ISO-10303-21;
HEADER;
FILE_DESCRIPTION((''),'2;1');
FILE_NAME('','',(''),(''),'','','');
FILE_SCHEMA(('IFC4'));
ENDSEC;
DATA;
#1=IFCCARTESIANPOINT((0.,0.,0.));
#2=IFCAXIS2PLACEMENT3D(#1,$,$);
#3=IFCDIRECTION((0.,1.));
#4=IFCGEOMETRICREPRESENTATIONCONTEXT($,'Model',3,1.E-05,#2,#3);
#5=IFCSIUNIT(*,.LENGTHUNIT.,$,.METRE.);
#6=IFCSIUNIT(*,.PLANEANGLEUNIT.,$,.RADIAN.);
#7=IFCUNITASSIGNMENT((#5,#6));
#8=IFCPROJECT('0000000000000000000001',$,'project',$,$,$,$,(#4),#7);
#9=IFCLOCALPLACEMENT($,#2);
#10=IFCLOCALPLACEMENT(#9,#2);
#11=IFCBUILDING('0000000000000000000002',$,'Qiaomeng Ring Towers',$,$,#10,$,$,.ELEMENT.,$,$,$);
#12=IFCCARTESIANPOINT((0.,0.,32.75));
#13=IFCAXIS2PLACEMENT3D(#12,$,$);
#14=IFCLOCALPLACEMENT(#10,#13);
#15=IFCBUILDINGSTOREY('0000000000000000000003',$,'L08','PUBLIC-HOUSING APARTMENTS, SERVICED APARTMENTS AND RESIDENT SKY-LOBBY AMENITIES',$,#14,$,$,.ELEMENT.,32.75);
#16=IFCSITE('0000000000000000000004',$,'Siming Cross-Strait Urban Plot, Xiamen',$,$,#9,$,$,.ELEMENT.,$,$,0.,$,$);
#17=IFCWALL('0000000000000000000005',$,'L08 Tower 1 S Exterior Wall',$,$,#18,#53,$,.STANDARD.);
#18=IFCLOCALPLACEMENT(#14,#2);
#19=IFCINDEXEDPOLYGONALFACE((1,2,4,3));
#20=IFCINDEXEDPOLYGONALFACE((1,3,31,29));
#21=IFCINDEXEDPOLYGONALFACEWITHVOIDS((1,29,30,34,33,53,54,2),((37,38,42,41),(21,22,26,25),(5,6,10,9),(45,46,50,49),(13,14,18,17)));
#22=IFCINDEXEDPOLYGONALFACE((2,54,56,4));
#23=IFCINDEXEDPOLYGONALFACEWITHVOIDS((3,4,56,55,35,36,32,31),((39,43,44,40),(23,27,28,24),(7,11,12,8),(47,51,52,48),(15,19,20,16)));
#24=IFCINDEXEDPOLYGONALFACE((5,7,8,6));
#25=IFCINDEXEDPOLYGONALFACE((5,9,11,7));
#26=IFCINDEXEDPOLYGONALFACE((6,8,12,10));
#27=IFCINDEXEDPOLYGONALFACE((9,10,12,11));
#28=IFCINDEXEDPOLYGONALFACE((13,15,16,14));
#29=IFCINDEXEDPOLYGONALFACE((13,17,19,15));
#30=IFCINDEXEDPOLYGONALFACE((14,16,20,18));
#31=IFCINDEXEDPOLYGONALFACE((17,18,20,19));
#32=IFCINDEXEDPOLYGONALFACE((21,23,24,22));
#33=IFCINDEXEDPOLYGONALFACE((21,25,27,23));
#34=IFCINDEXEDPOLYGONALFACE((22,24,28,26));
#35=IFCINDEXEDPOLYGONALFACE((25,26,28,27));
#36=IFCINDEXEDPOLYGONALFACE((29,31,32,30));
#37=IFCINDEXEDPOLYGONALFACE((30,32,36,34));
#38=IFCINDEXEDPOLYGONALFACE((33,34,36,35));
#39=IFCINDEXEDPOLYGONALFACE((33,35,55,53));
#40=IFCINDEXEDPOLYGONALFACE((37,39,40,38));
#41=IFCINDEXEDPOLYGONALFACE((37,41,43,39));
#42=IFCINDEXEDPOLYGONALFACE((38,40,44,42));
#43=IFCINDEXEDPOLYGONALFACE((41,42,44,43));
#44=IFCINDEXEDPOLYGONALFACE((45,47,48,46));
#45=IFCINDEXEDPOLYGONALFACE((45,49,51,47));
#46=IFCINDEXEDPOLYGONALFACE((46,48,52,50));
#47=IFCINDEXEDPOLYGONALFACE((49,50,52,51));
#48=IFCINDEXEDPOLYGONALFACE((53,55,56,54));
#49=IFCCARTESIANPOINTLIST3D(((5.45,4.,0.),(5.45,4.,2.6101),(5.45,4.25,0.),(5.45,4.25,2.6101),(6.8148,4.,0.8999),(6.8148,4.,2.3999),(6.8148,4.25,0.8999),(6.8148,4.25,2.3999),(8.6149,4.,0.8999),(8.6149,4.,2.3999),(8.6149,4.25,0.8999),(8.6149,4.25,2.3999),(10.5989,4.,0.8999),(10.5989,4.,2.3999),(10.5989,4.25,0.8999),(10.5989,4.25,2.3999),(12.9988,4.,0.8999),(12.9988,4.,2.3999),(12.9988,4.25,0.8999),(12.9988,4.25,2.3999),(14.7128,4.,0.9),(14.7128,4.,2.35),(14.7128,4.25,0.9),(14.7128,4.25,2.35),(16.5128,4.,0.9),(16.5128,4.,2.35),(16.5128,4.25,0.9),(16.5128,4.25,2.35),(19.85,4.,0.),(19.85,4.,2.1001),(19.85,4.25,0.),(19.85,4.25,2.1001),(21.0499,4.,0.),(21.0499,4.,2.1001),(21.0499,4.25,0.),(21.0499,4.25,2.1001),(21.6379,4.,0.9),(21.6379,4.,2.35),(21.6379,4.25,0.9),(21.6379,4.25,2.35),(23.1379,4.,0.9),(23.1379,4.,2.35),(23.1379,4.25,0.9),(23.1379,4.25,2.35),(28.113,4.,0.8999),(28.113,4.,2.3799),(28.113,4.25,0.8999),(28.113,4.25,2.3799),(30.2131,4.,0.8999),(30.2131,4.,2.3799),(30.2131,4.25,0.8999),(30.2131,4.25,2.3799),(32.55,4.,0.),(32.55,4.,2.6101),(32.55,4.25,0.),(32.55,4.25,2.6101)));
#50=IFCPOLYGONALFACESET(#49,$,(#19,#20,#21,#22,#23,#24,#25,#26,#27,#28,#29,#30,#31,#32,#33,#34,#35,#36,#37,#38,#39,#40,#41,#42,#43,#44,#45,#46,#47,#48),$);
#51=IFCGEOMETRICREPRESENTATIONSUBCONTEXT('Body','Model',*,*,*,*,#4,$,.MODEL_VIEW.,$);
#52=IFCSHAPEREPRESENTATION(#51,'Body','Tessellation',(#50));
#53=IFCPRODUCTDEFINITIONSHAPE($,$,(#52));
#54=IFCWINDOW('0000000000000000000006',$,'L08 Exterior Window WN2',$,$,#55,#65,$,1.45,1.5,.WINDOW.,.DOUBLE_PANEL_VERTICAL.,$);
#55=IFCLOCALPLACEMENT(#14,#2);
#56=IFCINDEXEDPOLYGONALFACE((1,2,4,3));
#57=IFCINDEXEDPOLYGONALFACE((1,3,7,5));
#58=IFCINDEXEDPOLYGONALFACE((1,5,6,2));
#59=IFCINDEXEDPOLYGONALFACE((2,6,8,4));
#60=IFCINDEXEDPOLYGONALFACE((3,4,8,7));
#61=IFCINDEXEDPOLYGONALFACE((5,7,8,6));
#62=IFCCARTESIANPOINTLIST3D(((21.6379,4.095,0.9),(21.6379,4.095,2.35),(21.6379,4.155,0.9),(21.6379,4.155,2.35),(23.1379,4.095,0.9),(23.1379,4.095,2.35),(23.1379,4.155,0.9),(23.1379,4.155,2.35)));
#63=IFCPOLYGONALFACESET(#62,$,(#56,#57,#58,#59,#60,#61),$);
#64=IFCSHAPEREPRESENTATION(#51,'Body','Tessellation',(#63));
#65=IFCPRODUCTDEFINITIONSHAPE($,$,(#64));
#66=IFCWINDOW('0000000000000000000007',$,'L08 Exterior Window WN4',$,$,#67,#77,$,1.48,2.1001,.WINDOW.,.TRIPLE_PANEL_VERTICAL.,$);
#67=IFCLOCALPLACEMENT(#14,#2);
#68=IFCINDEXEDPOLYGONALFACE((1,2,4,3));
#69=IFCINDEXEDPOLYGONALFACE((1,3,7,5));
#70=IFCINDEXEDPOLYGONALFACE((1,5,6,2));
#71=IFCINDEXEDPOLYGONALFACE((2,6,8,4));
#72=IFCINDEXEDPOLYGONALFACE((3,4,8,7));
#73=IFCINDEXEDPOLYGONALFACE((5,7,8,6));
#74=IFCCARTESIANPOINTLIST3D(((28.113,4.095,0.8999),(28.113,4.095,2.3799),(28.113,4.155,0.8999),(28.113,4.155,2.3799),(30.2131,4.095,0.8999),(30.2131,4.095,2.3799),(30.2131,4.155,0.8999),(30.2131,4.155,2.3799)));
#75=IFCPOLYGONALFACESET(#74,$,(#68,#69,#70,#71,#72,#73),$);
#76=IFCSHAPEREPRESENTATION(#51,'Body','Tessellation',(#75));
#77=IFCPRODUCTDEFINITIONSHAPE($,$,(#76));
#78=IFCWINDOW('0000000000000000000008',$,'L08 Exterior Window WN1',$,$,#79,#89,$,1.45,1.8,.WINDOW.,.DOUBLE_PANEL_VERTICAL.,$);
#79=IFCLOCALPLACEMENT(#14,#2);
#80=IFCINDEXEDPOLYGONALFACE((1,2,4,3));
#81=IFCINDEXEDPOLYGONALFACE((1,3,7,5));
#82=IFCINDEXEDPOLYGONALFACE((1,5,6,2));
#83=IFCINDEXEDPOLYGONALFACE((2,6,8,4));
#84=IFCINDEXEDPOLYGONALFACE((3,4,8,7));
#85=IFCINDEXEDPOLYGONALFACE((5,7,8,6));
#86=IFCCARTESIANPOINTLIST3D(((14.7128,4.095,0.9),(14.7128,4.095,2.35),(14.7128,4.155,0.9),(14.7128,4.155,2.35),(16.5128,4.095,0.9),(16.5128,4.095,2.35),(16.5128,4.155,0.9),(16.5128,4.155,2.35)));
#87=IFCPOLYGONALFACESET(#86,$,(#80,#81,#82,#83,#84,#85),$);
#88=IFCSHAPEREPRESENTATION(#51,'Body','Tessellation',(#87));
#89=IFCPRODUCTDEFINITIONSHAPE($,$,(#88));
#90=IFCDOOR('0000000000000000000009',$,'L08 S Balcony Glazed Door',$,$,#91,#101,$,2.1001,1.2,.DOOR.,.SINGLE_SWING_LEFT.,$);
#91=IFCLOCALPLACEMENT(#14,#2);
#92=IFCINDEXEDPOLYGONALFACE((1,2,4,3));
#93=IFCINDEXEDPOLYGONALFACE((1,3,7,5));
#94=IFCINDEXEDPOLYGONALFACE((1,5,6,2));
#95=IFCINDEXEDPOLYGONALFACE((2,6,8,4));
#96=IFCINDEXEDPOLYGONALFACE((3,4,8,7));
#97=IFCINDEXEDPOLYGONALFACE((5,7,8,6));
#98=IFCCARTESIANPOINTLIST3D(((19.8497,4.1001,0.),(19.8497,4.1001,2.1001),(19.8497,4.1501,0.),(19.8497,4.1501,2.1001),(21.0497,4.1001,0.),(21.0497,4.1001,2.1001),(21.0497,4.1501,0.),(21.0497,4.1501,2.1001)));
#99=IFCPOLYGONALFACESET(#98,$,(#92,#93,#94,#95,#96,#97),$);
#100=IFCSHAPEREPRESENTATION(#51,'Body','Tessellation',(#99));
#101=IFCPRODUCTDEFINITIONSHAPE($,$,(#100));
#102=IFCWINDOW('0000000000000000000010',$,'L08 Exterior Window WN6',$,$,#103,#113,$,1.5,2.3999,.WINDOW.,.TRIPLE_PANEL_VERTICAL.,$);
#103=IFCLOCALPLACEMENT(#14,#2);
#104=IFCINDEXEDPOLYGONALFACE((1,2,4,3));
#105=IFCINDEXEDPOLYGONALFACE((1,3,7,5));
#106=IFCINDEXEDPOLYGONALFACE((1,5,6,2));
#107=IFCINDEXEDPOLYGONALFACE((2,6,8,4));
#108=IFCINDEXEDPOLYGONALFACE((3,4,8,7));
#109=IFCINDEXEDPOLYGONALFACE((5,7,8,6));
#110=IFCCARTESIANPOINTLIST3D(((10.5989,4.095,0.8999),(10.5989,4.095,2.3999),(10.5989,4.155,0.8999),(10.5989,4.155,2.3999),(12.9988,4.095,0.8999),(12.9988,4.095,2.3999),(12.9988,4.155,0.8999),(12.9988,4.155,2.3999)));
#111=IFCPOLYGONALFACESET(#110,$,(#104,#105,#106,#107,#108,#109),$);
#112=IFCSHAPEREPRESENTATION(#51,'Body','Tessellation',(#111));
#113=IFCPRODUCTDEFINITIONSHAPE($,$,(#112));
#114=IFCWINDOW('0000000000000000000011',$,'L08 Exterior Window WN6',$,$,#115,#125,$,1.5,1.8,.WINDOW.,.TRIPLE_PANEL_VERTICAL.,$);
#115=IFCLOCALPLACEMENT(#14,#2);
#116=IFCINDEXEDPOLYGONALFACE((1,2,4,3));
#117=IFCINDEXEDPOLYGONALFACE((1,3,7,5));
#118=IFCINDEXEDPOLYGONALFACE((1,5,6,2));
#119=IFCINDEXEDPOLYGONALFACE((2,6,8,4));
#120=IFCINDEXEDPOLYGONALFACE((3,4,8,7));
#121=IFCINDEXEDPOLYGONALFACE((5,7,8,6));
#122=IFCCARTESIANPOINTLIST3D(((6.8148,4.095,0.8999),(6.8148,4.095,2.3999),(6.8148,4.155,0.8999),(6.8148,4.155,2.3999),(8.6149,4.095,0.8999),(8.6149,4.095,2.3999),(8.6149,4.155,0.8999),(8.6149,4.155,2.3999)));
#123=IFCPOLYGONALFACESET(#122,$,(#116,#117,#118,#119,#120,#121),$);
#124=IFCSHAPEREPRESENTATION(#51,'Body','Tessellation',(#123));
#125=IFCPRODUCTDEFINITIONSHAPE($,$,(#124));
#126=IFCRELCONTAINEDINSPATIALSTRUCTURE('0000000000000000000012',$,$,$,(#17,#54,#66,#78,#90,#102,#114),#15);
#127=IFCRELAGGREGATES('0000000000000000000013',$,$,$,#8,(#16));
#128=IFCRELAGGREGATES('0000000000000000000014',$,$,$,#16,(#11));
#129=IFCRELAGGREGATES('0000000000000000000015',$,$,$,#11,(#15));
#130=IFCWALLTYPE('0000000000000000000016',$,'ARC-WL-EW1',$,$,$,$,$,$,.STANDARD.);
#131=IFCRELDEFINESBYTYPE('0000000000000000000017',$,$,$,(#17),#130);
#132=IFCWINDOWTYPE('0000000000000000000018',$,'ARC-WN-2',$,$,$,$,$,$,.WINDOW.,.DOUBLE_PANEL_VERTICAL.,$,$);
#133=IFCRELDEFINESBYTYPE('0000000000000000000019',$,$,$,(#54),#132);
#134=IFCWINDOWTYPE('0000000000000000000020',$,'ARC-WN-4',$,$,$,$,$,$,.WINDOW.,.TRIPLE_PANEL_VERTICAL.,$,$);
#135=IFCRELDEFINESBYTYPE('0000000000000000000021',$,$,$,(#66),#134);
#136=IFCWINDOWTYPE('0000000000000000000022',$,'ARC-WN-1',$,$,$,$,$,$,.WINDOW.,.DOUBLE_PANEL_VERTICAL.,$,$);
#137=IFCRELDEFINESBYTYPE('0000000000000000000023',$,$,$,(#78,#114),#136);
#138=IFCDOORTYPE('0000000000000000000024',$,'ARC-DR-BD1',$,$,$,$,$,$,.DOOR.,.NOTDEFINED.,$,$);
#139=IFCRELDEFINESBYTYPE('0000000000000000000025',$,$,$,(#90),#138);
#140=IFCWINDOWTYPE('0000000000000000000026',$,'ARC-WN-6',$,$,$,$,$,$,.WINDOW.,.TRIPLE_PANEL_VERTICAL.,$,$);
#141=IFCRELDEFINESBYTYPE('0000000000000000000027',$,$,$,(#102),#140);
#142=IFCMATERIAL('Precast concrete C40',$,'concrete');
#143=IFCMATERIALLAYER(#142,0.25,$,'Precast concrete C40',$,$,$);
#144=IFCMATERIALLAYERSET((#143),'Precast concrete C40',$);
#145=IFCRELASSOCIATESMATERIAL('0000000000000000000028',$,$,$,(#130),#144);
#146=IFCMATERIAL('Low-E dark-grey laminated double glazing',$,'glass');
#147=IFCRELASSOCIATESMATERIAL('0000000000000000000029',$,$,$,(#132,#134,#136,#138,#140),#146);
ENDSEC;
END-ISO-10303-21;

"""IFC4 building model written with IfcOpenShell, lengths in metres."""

from ifc_helpers import new_model, si_unit, direction, frame, frame_2d, origin, place, context, subcontext, project, spatial, rectangle, extrude, source, transform, mapped, material, layer, layer_set, type_object, element, fill, save


model = new_model("IFC4")

# Units and contexts
model_context = context("Model", 3, precision=1e-05, world=origin(), true_north=direction((0.0, 1.0)))
body_context = subcontext(model_context, "Body", "Model", "MODEL_VIEW")
ifc_project = project(units=[si_unit("LENGTHUNIT", "METRE"), si_unit("PLANEANGLEUNIT", "RADIAN")], contexts=[model_context])

# Site, building, storey
site_placement = place(None, origin())
site = spatial("IfcSite", under=ifc_project, at=site_placement, Name="Siming Cross-Strait Urban Plot, Xiamen", CompositionType="ELEMENT", RefElevation=0.0)
building_placement = place(site_placement, origin())
building = spatial("IfcBuilding", under=site, at=building_placement, Name="Qiaomeng Ring Towers", CompositionType="ELEMENT")
storey_placement = place(building_placement, frame((0.0, 0.0, 32.75)))
storey = spatial("IfcBuildingStorey", under=building, at=storey_placement, Name="L08", Description="PUBLIC-HOUSING APARTMENTS, SERVICED APARTMENTS AND RESIDENT SKY-LOBBY AMENITIES", CompositionType="ELEMENT", Elevation=32.75)

# Shared definitions
ifc_material_1 = material(Name="Low-E dark-grey laminated double glazing", Category="glass")

# Wall, openings, windows, door
ifc_material_2 = material(Name="Precast concrete C40", Category="concrete")
ifc_layer_1 = layer(ifc_material_2, 0.25, Name="Precast concrete C40")
ifc_layer_set_1 = layer_set([ifc_layer_1], Name="Precast concrete C40")
wall_type_1 = type_object("IfcWallType", Name="ARC-WL-EW1", PredefinedType="STANDARD", material=ifc_layer_set_1)
wall_1_placement = place(storey_placement, frame((5.45, 4.125, 0.0), z_axis=(0.0, 0.0, 1.0), x_axis=(1.0, 0.0, 0.0)))
wall_1 = element("IfcWall", 1, at=wall_1_placement, inside=storey, type_object=wall_type_1, Name="L08 Tower 1 S Exterior Wall", PredefinedType="STANDARD", context=body_context, shape_type="SweptSolid", body=[
    extrude(rectangle(XDim=27.1001, YDim=0.25, at=frame_2d((13.55, 0.0))), origin(), (0.0, 0.0, 1.0), 2.6101),
])
opening_1_placement = place(wall_1_placement, frame((14.3999, 0.0, 0.0)))
opening_1 = element("IfcOpeningElement", 2, at=opening_1_placement, cuts=wall_1, PredefinedType="OPENING", context=body_context, shape_type="SweptSolid", body=[
    extrude(rectangle(XDim=1.2, YDim=2.1001, at=frame_2d((0.6001, 1.05))), frame((0.0, 0.135, 0.0), z_axis=(0.0, -1.0, 0.0), x_axis=(1.0, 0.0, 0.0)), (0.0, 0.0, 1.0), 0.27),
])
opening_2_placement = place(wall_1_placement, frame((1.365, 0.0, 0.8999)))
opening_2 = element("IfcOpeningElement", 3, at=opening_2_placement, cuts=wall_1, PredefinedType="OPENING", context=body_context, shape_type="SweptSolid", body=[
    extrude(rectangle(XDim=1.8, YDim=1.5, at=frame_2d((0.8999, 0.75))), frame((0.0, 0.135, 0.0), z_axis=(0.0, -1.0, 0.0), x_axis=(1.0, 0.0, 0.0)), (0.0, 0.0, 1.0), 0.27),
])
opening_3_placement = place(wall_1_placement, frame((9.2629, 0.0, 0.8999)))
opening_3 = element("IfcOpeningElement", 4, at=opening_3_placement, cuts=wall_1, PredefinedType="OPENING", context=body_context, shape_type="SweptSolid", body=[
    extrude(rectangle(XDim=1.8, YDim=1.45, at=frame_2d((0.8999, 0.7251))), frame((0.0, 0.135, 0.0), z_axis=(0.0, -1.0, 0.0), x_axis=(1.0, 0.0, 0.0)), (0.0, 0.0, 1.0), 0.27),
])
opening_4_placement = place(wall_1_placement, frame((16.188, 0.0, 0.8999)))
opening_4 = element("IfcOpeningElement", 5, at=opening_4_placement, cuts=wall_1, PredefinedType="OPENING", context=body_context, shape_type="SweptSolid", body=[
    extrude(rectangle(XDim=1.5, YDim=1.45, at=frame_2d((0.75, 0.7251))), frame((0.0, 0.135, 0.0), z_axis=(0.0, -1.0, 0.0), x_axis=(1.0, 0.0, 0.0)), (0.0, 0.0, 1.0), 0.27),
])
opening_5_placement = place(wall_1_placement, frame((22.6631, 0.0, 0.8999)))
opening_5 = element("IfcOpeningElement", 6, at=opening_5_placement, cuts=wall_1, PredefinedType="OPENING", context=body_context, shape_type="SweptSolid", body=[
    extrude(rectangle(XDim=2.1001, YDim=1.48, at=frame_2d((1.05, 0.74))), frame((0.0, 0.135, 0.0), z_axis=(0.0, -1.0, 0.0), x_axis=(1.0, 0.0, 0.0)), (0.0, 0.0, 1.0), 0.27),
])
opening_6_placement = place(wall_1_placement, frame((5.1489, 0.0, 0.8999)))
opening_6 = element("IfcOpeningElement", 7, at=opening_6_placement, cuts=wall_1, PredefinedType="OPENING", context=body_context, shape_type="SweptSolid", body=[
    extrude(rectangle(XDim=2.3999, YDim=1.5, at=frame_2d((1.2, 0.75))), frame((0.0, 0.135, 0.0), z_axis=(0.0, -1.0, 0.0), x_axis=(1.0, 0.0, 0.0)), (0.0, 0.0, 1.0), 0.27),
])
window_type_1 = type_object("IfcWindowType", Name="ARC-WN-2", PartitioningType="DOUBLE_PANEL_VERTICAL", PredefinedType="WINDOW", material=ifc_material_1)
shared_shape_1 = source(origin(), body_context, "Body", "SweptSolid", [
    extrude(rectangle(XDim=1.5, YDim=1.45, at=frame_2d((0.75, 0.7251))), frame((0.0, 0.03, 0.0), z_axis=(0.0, -1.0, 0.0), x_axis=(1.0, 0.0, 0.0)), (0.0, 0.0, 1.0), 0.0601),
])
window_1_placement = place(opening_4_placement, origin())
window_1 = element("IfcWindow", 8, at=window_1_placement, inside=storey, type_object=window_type_1, Name="L08 Exterior Window WN2", OverallHeight=1.45, OverallWidth=1.5, PartitioningType="DOUBLE_PANEL_VERTICAL", PredefinedType="WINDOW", context=body_context, shape_type="MappedRepresentation", body=[
    mapped(shared_shape_1, transform((0.0, 0.0, 0.0), x_axis=(1.0, 0.0, 0.0), y_axis=(0.0, 1.0, 0.0), z_axis=(0.0, 0.0, 1.0), scale=1.0)),
])
fill(opening_4, window_1)
window_type_2 = type_object("IfcWindowType", Name="ARC-WN-4", PartitioningType="TRIPLE_PANEL_VERTICAL", PredefinedType="WINDOW", material=ifc_material_1)
shared_shape_2 = source(origin(), body_context, "Body", "SweptSolid", [
    extrude(rectangle(XDim=2.1001, YDim=1.48, at=frame_2d((1.05, 0.74))), frame((0.0, 0.03, 0.0), z_axis=(0.0, -1.0, 0.0), x_axis=(1.0, 0.0, 0.0)), (0.0, 0.0, 1.0), 0.0601),
])
window_2_placement = place(opening_5_placement, origin())
window_2 = element("IfcWindow", 9, at=window_2_placement, inside=storey, type_object=window_type_2, Name="L08 Exterior Window WN4", OverallHeight=1.48, OverallWidth=2.1001, PartitioningType="TRIPLE_PANEL_VERTICAL", PredefinedType="WINDOW", context=body_context, shape_type="MappedRepresentation", body=[
    mapped(shared_shape_2, transform((0.0, 0.0, 0.0), x_axis=(1.0, 0.0, 0.0), y_axis=(0.0, 1.0, 0.0), z_axis=(0.0, 0.0, 1.0), scale=1.0)),
])
fill(opening_5, window_2)
window_type_3 = type_object("IfcWindowType", Name="ARC-WN-1", PartitioningType="DOUBLE_PANEL_VERTICAL", PredefinedType="WINDOW", material=ifc_material_1)
shared_shape_3 = source(origin(), body_context, "Body", "SweptSolid", [
    extrude(rectangle(XDim=1.8, YDim=1.45, at=frame_2d((0.8999, 0.7251))), frame((0.0, 0.03, 0.0), z_axis=(0.0, -1.0, 0.0), x_axis=(1.0, 0.0, 0.0)), (0.0, 0.0, 1.0), 0.0601),
])
window_3_placement = place(opening_3_placement, origin())
window_3 = element("IfcWindow", 10, at=window_3_placement, inside=storey, type_object=window_type_3, Name="L08 Exterior Window WN1", OverallHeight=1.45, OverallWidth=1.8, PartitioningType="DOUBLE_PANEL_VERTICAL", PredefinedType="WINDOW", context=body_context, shape_type="MappedRepresentation", body=[
    mapped(shared_shape_3, transform((0.0, 0.0, 0.0), x_axis=(1.0, 0.0, 0.0), y_axis=(0.0, 1.0, 0.0), z_axis=(0.0, 0.0, 1.0), scale=1.0)),
])
fill(opening_3, window_3)
door_type_1 = type_object("IfcDoorType", Name="ARC-DR-BD1", OperationType="NOTDEFINED", PredefinedType="DOOR", material=ifc_material_1)
shared_shape_4 = source(origin(), body_context, "Body", "SweptSolid", [
    extrude(rectangle(XDim=1.2, YDim=2.1001, at=frame_2d((0.6001, 1.05))), frame((0.0, 0.0249, 0.0), z_axis=(0.0, -1.0, 0.0), x_axis=(1.0, 0.0, 0.0)), (0.0, 0.0, 1.0), 0.05),
])
door_1_placement = place(opening_1_placement, frame((1.2, 0.0, 0.0), z_axis=(0.0, 0.0, 1.0), x_axis=(-1.0, 0.0, 0.0)))
door_1 = element("IfcDoor", 11, at=door_1_placement, inside=storey, type_object=door_type_1, Name="L08 S Balcony Glazed Door", OperationType="SINGLE_SWING_LEFT", OverallHeight=2.1001, OverallWidth=1.2, PredefinedType="DOOR", context=body_context, shape_type="MappedRepresentation", body=[
    mapped(shared_shape_4, transform((0.0, 0.0, 0.0), x_axis=(1.0, 0.0, 0.0), y_axis=(0.0, 1.0, 0.0), z_axis=(0.0, 0.0, 1.0), scale=1.0)),
])
fill(opening_1, door_1)
window_type_4 = type_object("IfcWindowType", Name="ARC-WN-6", PartitioningType="TRIPLE_PANEL_VERTICAL", PredefinedType="WINDOW", material=ifc_material_1)
shared_shape_5 = source(origin(), body_context, "Body", "SweptSolid", [
    extrude(rectangle(XDim=2.3999, YDim=1.5, at=frame_2d((1.2, 0.75))), frame((0.0, 0.03, 0.0), z_axis=(0.0, -1.0, 0.0), x_axis=(1.0, 0.0, 0.0)), (0.0, 0.0, 1.0), 0.0601),
])
window_4_placement = place(opening_6_placement, origin())
window_4 = element("IfcWindow", 12, at=window_4_placement, inside=storey, type_object=window_type_4, Name="L08 Exterior Window WN6", OverallHeight=1.5, OverallWidth=2.3999, PartitioningType="TRIPLE_PANEL_VERTICAL", PredefinedType="WINDOW", context=body_context, shape_type="MappedRepresentation", body=[
    mapped(shared_shape_5, transform((0.0, 0.0, 0.0), x_axis=(1.0, 0.0, 0.0), y_axis=(0.0, 1.0, 0.0), z_axis=(0.0, 0.0, 1.0), scale=1.0)),
])
fill(opening_6, window_4)
shared_shape_6 = source(origin(), body_context, "Body", "SweptSolid", [
    extrude(rectangle(XDim=1.8, YDim=1.5, at=frame_2d((0.8999, 0.75))), frame((0.0, 0.03, 0.0), z_axis=(0.0, -1.0, 0.0), x_axis=(1.0, 0.0, 0.0)), (0.0, 0.0, 1.0), 0.0601),
])
window_5_placement = place(opening_2_placement, origin())
window_5 = element("IfcWindow", 13, at=window_5_placement, inside=storey, type_object=window_type_3, Name="L08 Exterior Window WN6", OverallHeight=1.5, OverallWidth=1.8, PartitioningType="TRIPLE_PANEL_VERTICAL", PredefinedType="WINDOW", context=body_context, shape_type="MappedRepresentation", body=[
    mapped(shared_shape_6, transform((0.0, 0.0, 0.0), x_axis=(1.0, 0.0, 0.0), y_axis=(0.0, 1.0, 0.0), z_axis=(0.0, 0.0, 1.0), scale=1.0)),
])
fill(opening_2, window_5)

save(model, "model.ifc")
